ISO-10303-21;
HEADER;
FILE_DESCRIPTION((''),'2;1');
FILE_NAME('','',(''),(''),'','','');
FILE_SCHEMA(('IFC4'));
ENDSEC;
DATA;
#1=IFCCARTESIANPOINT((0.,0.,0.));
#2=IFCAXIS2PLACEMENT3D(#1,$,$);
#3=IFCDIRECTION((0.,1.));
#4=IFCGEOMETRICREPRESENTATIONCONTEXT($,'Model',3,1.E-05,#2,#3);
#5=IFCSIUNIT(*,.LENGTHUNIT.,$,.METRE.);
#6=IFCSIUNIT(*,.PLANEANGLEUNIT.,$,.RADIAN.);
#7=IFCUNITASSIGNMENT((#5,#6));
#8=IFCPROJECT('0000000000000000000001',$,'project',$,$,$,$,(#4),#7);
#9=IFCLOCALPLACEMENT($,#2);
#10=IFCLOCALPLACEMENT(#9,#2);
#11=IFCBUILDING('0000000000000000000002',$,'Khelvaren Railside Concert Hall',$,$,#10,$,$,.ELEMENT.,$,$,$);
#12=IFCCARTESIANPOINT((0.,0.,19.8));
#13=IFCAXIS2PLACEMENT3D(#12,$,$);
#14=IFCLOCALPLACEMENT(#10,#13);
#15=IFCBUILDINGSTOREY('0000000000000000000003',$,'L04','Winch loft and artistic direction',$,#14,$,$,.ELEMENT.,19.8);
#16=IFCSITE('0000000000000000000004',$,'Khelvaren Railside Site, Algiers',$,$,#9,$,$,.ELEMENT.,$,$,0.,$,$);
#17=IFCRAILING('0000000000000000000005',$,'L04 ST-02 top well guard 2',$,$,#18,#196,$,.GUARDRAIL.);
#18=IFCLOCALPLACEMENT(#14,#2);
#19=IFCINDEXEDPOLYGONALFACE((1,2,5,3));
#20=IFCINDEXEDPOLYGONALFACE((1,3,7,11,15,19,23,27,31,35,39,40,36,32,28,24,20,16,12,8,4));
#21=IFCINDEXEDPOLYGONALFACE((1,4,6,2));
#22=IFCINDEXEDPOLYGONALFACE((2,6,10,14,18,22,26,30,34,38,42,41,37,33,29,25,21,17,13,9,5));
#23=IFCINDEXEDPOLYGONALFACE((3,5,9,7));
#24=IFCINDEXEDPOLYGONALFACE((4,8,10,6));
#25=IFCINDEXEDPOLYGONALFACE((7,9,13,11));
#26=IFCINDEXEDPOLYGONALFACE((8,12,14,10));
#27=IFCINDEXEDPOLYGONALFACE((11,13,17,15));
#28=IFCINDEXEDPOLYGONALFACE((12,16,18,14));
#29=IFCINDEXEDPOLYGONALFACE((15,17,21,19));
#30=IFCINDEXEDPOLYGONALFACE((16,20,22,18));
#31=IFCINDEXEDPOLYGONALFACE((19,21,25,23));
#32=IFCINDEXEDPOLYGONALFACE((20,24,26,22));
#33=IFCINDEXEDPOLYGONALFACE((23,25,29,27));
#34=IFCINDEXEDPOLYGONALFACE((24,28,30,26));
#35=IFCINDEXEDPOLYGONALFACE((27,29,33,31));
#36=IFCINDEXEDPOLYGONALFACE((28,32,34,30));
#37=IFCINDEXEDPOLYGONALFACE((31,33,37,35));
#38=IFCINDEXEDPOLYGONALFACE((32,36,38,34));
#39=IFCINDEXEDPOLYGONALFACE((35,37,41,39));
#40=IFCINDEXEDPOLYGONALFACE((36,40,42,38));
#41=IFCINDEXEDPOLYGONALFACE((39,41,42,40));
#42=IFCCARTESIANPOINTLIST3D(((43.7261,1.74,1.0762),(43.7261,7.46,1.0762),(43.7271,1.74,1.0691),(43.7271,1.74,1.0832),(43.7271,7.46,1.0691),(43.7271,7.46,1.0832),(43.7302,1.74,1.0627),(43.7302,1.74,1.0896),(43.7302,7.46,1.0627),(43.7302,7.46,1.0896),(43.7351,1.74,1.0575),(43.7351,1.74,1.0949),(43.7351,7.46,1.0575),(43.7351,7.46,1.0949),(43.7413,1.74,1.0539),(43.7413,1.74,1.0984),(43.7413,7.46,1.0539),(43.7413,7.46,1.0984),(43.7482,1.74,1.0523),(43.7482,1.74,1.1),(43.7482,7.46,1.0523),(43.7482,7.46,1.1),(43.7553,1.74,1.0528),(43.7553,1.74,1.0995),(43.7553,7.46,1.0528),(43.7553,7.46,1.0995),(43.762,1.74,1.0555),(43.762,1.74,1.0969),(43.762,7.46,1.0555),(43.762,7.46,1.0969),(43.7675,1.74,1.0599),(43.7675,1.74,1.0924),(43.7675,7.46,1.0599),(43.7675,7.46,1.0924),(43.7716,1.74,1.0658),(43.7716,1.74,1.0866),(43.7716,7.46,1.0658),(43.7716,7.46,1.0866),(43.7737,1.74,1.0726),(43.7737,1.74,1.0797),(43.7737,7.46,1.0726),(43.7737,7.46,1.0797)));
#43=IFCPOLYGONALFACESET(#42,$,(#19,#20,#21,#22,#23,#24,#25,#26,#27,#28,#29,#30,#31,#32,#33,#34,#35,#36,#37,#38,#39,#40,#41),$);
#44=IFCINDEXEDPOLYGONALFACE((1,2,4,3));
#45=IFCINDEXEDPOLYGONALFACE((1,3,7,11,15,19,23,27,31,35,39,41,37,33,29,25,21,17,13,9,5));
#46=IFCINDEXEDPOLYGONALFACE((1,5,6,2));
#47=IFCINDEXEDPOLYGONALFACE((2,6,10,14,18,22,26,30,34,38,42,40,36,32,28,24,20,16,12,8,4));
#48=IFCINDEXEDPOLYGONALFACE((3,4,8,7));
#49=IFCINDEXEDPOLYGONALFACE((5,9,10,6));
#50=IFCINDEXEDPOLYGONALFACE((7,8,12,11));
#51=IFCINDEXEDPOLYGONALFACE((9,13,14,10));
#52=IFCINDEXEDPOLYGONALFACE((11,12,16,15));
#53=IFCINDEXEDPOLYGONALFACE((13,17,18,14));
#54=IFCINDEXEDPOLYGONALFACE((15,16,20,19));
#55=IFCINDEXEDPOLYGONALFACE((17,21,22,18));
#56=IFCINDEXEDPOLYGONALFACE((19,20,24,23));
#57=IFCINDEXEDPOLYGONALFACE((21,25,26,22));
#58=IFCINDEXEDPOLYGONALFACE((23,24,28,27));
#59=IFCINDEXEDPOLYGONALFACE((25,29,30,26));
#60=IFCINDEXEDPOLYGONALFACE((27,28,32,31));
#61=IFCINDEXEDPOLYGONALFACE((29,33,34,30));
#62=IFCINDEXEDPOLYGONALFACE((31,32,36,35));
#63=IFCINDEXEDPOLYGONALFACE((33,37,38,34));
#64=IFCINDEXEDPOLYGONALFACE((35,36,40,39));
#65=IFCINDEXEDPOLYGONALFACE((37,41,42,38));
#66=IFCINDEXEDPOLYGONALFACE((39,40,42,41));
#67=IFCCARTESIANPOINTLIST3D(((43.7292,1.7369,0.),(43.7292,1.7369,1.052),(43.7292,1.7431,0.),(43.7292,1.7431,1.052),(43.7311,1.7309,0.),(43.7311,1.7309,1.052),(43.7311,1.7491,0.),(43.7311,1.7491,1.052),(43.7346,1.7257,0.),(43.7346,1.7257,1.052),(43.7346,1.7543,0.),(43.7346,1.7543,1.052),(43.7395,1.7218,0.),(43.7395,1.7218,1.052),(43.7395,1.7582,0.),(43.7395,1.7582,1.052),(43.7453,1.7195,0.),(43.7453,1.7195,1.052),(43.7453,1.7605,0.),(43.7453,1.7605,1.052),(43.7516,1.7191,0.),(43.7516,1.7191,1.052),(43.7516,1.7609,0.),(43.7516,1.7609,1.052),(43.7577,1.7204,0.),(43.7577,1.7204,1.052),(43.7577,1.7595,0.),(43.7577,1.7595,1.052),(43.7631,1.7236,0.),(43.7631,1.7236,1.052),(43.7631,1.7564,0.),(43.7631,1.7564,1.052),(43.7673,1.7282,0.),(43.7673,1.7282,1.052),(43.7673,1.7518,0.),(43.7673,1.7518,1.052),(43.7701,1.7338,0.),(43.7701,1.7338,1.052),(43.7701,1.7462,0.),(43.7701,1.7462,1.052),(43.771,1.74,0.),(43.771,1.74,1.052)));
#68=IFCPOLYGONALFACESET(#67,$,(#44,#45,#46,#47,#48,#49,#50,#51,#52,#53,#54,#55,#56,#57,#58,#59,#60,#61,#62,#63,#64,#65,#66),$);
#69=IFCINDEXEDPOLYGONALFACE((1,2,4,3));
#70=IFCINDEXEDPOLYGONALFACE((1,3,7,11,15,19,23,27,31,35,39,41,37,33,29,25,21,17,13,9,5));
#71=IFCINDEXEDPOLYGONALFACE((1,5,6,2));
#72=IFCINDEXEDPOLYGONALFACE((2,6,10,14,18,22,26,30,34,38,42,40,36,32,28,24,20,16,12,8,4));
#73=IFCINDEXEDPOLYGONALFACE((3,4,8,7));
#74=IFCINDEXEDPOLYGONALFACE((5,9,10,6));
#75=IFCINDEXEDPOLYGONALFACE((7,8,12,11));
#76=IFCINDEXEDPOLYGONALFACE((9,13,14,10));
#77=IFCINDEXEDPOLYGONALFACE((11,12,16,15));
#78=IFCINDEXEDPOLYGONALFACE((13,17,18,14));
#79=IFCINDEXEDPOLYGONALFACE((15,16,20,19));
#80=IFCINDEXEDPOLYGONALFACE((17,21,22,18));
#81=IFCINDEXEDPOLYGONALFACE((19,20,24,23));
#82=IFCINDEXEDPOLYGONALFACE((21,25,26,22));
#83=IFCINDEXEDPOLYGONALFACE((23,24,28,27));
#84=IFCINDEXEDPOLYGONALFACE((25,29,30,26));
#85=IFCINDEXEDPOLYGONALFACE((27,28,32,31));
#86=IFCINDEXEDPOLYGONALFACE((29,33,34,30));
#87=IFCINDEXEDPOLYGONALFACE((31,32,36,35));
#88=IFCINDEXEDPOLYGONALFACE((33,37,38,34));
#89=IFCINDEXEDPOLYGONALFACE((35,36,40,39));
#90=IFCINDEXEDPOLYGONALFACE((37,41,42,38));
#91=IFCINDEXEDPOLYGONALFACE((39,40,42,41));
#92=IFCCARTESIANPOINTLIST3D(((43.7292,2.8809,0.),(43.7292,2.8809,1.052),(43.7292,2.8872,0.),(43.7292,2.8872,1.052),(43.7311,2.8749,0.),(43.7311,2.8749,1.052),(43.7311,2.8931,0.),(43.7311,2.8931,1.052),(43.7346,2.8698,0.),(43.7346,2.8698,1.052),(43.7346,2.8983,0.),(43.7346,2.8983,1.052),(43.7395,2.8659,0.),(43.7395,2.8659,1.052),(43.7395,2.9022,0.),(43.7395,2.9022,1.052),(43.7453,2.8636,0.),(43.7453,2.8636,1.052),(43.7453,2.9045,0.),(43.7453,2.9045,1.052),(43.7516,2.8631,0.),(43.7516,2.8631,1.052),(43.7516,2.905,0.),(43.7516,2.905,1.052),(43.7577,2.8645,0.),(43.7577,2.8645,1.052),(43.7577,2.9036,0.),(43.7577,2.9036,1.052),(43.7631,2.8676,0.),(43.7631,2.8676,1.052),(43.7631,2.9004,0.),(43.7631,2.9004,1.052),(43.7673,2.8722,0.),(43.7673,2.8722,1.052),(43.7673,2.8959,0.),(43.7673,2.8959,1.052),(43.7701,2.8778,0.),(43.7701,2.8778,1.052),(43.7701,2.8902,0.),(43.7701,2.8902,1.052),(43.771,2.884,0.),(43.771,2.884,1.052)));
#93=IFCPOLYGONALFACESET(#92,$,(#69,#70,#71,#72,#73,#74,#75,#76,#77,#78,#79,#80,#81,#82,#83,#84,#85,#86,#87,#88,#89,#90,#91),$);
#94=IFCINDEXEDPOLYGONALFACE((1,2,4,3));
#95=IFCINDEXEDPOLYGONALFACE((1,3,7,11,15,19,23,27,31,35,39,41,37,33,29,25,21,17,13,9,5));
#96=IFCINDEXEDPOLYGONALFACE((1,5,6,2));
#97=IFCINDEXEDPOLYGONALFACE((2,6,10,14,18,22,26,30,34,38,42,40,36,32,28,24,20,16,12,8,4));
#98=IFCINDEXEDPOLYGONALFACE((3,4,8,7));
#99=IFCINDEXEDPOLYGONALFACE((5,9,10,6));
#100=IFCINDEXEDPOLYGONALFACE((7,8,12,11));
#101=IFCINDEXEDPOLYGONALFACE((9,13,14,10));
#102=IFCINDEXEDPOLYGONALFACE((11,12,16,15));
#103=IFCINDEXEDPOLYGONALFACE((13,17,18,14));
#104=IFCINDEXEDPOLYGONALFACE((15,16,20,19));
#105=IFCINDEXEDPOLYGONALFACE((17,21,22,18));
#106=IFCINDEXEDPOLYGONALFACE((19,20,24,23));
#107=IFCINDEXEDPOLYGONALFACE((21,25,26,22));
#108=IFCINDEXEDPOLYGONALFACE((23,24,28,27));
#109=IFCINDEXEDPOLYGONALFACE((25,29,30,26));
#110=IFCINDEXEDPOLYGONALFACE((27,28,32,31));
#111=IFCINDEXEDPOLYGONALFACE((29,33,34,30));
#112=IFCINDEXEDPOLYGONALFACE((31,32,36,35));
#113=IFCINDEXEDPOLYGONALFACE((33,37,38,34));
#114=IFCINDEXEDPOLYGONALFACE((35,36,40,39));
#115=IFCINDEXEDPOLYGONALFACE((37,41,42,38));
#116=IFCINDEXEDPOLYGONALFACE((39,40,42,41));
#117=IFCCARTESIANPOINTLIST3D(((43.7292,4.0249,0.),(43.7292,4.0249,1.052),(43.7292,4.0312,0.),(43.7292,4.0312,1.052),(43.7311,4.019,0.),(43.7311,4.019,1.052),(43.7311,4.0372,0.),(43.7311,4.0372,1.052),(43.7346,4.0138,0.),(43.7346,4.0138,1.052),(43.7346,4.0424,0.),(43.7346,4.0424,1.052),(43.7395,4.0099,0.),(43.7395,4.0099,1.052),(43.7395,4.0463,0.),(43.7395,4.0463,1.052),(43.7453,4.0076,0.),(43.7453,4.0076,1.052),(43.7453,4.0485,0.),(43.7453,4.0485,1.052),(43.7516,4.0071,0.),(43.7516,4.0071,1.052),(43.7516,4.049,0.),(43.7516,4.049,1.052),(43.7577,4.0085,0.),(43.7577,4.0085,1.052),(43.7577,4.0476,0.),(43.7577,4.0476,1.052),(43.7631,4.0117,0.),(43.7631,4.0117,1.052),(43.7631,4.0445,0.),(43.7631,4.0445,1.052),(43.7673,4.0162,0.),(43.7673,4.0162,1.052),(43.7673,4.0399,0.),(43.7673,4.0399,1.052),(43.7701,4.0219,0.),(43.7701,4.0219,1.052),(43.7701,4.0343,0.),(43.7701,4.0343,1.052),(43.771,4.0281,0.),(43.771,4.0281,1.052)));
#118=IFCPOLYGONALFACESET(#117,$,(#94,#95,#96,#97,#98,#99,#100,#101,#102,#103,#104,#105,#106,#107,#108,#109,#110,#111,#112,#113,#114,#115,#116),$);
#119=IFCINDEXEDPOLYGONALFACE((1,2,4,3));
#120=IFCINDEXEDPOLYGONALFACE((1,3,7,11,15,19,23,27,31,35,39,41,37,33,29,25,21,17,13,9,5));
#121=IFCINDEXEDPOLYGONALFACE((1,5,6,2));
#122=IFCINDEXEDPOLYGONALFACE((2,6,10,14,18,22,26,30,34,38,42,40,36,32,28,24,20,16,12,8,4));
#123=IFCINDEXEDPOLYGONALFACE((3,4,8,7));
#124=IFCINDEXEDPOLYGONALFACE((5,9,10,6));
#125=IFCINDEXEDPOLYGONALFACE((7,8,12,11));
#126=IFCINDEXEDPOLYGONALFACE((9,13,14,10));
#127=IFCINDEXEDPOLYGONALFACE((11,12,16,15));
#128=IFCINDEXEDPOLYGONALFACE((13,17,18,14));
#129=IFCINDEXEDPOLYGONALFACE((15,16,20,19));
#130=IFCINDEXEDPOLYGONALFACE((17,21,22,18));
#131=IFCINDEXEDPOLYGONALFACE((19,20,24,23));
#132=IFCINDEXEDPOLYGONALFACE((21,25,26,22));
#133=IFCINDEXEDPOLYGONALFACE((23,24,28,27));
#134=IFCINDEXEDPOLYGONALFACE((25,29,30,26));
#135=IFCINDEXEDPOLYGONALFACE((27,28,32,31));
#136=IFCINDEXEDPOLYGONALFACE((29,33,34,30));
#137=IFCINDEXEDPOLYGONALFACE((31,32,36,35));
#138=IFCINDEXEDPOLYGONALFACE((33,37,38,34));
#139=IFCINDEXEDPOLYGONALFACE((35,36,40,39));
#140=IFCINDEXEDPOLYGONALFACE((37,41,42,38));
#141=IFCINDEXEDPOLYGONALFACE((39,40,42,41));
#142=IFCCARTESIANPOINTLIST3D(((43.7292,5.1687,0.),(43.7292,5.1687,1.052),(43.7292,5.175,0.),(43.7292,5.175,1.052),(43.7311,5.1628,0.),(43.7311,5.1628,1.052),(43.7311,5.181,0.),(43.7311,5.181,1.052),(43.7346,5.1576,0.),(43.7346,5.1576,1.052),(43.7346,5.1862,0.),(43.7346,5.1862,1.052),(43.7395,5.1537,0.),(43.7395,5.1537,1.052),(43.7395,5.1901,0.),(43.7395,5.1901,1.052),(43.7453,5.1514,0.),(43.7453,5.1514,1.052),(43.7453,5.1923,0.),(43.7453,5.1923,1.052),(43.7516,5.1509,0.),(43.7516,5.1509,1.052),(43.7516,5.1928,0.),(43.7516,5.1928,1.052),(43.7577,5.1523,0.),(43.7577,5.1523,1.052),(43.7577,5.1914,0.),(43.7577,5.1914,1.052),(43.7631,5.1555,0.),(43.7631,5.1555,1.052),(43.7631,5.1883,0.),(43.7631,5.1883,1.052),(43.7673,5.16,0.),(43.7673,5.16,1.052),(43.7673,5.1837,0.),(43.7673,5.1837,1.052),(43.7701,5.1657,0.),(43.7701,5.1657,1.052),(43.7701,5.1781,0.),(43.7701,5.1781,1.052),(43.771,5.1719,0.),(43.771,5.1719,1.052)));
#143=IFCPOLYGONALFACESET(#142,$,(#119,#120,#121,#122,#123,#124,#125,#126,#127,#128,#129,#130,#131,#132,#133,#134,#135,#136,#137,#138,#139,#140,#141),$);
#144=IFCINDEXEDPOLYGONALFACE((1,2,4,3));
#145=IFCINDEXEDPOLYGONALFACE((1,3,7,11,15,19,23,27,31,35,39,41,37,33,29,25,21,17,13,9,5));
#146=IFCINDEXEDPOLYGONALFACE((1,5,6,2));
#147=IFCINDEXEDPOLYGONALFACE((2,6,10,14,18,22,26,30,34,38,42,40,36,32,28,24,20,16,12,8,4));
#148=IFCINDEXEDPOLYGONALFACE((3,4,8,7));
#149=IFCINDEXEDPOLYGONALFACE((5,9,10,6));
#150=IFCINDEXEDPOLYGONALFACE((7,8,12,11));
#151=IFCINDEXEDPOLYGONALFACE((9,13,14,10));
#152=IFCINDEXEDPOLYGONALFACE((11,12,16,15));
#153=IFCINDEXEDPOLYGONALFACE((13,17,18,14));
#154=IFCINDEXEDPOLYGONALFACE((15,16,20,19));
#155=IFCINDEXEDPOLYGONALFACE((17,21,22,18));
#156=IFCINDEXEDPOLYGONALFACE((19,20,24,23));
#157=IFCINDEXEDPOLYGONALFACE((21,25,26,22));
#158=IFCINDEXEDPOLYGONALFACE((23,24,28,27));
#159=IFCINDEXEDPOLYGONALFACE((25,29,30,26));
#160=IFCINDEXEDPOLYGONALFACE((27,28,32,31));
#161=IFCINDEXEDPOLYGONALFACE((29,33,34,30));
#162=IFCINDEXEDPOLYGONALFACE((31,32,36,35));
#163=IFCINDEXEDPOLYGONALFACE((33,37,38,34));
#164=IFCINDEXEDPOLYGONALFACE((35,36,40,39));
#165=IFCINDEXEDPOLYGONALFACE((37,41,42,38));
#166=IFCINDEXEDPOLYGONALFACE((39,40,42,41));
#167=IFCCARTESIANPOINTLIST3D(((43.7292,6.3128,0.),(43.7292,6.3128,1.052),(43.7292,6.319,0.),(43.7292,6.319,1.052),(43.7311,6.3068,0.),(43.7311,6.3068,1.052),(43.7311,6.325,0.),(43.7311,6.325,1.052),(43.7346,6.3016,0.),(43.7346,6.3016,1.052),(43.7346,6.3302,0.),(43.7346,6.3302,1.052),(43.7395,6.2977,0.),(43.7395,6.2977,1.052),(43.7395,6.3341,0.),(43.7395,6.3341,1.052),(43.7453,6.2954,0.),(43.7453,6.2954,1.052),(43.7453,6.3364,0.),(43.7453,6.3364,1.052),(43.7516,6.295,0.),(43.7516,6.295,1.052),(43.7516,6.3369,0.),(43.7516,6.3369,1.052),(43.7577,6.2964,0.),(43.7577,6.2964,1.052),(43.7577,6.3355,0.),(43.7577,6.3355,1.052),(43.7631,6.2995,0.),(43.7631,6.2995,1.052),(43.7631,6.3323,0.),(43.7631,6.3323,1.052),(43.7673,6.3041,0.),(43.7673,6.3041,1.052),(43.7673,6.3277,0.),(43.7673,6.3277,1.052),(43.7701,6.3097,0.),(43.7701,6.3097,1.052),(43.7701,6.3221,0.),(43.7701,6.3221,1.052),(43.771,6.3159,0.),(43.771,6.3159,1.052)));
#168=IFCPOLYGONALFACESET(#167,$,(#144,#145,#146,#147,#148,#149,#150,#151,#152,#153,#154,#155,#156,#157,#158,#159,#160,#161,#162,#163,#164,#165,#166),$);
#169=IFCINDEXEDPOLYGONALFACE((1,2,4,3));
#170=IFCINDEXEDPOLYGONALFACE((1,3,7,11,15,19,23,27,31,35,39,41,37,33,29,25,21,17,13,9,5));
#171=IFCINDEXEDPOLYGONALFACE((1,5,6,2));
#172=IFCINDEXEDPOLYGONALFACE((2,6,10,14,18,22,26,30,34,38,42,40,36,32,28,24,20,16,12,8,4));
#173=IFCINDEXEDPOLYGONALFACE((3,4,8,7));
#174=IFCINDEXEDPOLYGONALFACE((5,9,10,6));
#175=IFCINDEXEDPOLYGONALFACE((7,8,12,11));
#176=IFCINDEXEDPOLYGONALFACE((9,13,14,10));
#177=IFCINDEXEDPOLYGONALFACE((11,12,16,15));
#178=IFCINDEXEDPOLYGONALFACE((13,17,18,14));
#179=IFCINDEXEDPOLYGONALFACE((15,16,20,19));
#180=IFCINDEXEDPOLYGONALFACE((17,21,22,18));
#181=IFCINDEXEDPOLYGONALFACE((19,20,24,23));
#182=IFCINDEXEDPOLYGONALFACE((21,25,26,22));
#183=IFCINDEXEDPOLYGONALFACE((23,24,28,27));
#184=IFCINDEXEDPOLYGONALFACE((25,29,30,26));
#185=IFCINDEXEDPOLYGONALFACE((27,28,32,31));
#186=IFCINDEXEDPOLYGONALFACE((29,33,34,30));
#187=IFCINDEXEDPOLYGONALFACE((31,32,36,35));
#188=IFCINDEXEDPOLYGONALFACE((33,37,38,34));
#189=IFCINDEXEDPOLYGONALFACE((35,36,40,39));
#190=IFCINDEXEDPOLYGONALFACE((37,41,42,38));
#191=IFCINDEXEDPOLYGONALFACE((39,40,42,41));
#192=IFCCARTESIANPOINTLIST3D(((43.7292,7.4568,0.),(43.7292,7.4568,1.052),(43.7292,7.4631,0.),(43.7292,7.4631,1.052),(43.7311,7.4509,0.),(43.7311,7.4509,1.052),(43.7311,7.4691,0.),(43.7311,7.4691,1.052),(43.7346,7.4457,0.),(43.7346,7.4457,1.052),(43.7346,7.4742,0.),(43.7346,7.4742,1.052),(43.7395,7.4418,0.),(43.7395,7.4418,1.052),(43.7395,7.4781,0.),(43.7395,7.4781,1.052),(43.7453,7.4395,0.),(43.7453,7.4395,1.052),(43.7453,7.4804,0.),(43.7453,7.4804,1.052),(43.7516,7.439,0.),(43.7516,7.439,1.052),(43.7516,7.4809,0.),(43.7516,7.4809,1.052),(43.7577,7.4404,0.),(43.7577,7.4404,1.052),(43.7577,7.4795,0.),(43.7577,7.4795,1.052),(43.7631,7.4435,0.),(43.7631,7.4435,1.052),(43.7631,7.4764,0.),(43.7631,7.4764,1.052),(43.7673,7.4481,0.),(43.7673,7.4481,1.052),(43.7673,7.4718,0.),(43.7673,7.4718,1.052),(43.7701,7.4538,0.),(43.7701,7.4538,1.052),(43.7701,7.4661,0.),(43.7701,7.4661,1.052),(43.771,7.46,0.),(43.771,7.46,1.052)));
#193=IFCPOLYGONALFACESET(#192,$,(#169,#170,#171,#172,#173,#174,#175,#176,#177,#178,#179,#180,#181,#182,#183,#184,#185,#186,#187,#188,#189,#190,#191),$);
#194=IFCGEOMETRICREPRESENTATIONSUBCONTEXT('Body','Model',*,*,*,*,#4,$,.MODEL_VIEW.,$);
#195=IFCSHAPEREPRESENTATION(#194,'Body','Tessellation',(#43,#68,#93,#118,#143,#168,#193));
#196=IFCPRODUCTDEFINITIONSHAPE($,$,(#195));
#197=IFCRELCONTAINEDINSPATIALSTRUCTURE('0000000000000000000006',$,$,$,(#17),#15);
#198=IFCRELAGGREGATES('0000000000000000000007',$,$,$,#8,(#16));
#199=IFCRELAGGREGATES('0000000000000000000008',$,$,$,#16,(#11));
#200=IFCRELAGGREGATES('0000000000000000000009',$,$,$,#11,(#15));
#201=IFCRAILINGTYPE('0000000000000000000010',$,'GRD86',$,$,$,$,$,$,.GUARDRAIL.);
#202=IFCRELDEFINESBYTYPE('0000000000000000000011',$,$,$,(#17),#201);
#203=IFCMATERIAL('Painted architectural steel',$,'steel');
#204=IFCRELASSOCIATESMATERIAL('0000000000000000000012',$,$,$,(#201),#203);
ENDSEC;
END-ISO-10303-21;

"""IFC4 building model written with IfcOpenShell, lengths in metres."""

from ifc_helpers import new_model, si_unit, direction, frame, origin, origin_2d, place, context, subcontext, project, spatial, circle, extrude, material, type_object, element, save


model = new_model("IFC4")

# Units and contexts
model_context = context("Model", 3, precision=1e-05, world=origin(), true_north=direction((0.0, 1.0)))
body_context = subcontext(model_context, "Body", "Model", "MODEL_VIEW")
ifc_project = project(units=[si_unit("LENGTHUNIT", "METRE"), si_unit("PLANEANGLEUNIT", "RADIAN")], contexts=[model_context])

# Site, building, storey
site_placement = place(None, origin())
site = spatial("IfcSite", under=ifc_project, at=site_placement, Name="Khelvaren Railside Site, Algiers", CompositionType="ELEMENT", RefElevation=0.0)
building_placement = place(site_placement, origin())
building = spatial("IfcBuilding", under=site, at=building_placement, Name="Khelvaren Railside Concert Hall", CompositionType="ELEMENT")
storey_placement = place(building_placement, frame((0.0, 0.0, 19.8)))
storey = spatial("IfcBuildingStorey", under=building, at=storey_placement, Name="L04", Description="Winch loft and artistic direction", CompositionType="ELEMENT", Elevation=19.8)

# Railing
ifc_material_1 = material(Name="Painted architectural steel", Category="steel")
railing_type = type_object("IfcRailingType", Name="GRD86", PredefinedType="GUARDRAIL", material=ifc_material_1)
for number, where, name in (
    (1, (43.75, 1.74, 0.0), "L04 ST-02 top well guard 2"),
):
    element("IfcRailing", number, at=place(storey_placement, frame(where)), inside=storey, type_object=railing_type, Name=name, PredefinedType="GUARDRAIL", context=body_context, shape_type="SweptSolid", body=[
        extrude(circle(Radius=0.0239, at=origin_2d()), frame((0.0, 0.0, 1.0762), z_axis=(0.0, 1.0, 0.0), x_axis=(-1.0, 0.0, 0.0)), (0.0, 0.0, 1.0), 5.72),
        extrude(circle(Radius=0.021, at=origin_2d()), origin(), (0.0, 0.0, 1.0), 1.052),
        extrude(circle(Radius=0.021, at=origin_2d()), frame((0.0, 1.144, 0.0)), (0.0, 0.0, 1.0), 1.052),
        extrude(circle(Radius=0.021, at=origin_2d()), frame((0.0, 2.2881, 0.0)), (0.0, 0.0, 1.0), 1.052),
        extrude(circle(Radius=0.021, at=origin_2d()), frame((0.0, 3.4319, 0.0)), (0.0, 0.0, 1.0), 1.052),
        extrude(circle(Radius=0.021, at=origin_2d()), frame((0.0, 4.5759, 0.0)), (0.0, 0.0, 1.0), 1.052),
        extrude(circle(Radius=0.021, at=origin_2d()), frame((0.0, 5.72, 0.0)), (0.0, 0.0, 1.0), 1.052),
    ])

save(model, "model.ifc")
